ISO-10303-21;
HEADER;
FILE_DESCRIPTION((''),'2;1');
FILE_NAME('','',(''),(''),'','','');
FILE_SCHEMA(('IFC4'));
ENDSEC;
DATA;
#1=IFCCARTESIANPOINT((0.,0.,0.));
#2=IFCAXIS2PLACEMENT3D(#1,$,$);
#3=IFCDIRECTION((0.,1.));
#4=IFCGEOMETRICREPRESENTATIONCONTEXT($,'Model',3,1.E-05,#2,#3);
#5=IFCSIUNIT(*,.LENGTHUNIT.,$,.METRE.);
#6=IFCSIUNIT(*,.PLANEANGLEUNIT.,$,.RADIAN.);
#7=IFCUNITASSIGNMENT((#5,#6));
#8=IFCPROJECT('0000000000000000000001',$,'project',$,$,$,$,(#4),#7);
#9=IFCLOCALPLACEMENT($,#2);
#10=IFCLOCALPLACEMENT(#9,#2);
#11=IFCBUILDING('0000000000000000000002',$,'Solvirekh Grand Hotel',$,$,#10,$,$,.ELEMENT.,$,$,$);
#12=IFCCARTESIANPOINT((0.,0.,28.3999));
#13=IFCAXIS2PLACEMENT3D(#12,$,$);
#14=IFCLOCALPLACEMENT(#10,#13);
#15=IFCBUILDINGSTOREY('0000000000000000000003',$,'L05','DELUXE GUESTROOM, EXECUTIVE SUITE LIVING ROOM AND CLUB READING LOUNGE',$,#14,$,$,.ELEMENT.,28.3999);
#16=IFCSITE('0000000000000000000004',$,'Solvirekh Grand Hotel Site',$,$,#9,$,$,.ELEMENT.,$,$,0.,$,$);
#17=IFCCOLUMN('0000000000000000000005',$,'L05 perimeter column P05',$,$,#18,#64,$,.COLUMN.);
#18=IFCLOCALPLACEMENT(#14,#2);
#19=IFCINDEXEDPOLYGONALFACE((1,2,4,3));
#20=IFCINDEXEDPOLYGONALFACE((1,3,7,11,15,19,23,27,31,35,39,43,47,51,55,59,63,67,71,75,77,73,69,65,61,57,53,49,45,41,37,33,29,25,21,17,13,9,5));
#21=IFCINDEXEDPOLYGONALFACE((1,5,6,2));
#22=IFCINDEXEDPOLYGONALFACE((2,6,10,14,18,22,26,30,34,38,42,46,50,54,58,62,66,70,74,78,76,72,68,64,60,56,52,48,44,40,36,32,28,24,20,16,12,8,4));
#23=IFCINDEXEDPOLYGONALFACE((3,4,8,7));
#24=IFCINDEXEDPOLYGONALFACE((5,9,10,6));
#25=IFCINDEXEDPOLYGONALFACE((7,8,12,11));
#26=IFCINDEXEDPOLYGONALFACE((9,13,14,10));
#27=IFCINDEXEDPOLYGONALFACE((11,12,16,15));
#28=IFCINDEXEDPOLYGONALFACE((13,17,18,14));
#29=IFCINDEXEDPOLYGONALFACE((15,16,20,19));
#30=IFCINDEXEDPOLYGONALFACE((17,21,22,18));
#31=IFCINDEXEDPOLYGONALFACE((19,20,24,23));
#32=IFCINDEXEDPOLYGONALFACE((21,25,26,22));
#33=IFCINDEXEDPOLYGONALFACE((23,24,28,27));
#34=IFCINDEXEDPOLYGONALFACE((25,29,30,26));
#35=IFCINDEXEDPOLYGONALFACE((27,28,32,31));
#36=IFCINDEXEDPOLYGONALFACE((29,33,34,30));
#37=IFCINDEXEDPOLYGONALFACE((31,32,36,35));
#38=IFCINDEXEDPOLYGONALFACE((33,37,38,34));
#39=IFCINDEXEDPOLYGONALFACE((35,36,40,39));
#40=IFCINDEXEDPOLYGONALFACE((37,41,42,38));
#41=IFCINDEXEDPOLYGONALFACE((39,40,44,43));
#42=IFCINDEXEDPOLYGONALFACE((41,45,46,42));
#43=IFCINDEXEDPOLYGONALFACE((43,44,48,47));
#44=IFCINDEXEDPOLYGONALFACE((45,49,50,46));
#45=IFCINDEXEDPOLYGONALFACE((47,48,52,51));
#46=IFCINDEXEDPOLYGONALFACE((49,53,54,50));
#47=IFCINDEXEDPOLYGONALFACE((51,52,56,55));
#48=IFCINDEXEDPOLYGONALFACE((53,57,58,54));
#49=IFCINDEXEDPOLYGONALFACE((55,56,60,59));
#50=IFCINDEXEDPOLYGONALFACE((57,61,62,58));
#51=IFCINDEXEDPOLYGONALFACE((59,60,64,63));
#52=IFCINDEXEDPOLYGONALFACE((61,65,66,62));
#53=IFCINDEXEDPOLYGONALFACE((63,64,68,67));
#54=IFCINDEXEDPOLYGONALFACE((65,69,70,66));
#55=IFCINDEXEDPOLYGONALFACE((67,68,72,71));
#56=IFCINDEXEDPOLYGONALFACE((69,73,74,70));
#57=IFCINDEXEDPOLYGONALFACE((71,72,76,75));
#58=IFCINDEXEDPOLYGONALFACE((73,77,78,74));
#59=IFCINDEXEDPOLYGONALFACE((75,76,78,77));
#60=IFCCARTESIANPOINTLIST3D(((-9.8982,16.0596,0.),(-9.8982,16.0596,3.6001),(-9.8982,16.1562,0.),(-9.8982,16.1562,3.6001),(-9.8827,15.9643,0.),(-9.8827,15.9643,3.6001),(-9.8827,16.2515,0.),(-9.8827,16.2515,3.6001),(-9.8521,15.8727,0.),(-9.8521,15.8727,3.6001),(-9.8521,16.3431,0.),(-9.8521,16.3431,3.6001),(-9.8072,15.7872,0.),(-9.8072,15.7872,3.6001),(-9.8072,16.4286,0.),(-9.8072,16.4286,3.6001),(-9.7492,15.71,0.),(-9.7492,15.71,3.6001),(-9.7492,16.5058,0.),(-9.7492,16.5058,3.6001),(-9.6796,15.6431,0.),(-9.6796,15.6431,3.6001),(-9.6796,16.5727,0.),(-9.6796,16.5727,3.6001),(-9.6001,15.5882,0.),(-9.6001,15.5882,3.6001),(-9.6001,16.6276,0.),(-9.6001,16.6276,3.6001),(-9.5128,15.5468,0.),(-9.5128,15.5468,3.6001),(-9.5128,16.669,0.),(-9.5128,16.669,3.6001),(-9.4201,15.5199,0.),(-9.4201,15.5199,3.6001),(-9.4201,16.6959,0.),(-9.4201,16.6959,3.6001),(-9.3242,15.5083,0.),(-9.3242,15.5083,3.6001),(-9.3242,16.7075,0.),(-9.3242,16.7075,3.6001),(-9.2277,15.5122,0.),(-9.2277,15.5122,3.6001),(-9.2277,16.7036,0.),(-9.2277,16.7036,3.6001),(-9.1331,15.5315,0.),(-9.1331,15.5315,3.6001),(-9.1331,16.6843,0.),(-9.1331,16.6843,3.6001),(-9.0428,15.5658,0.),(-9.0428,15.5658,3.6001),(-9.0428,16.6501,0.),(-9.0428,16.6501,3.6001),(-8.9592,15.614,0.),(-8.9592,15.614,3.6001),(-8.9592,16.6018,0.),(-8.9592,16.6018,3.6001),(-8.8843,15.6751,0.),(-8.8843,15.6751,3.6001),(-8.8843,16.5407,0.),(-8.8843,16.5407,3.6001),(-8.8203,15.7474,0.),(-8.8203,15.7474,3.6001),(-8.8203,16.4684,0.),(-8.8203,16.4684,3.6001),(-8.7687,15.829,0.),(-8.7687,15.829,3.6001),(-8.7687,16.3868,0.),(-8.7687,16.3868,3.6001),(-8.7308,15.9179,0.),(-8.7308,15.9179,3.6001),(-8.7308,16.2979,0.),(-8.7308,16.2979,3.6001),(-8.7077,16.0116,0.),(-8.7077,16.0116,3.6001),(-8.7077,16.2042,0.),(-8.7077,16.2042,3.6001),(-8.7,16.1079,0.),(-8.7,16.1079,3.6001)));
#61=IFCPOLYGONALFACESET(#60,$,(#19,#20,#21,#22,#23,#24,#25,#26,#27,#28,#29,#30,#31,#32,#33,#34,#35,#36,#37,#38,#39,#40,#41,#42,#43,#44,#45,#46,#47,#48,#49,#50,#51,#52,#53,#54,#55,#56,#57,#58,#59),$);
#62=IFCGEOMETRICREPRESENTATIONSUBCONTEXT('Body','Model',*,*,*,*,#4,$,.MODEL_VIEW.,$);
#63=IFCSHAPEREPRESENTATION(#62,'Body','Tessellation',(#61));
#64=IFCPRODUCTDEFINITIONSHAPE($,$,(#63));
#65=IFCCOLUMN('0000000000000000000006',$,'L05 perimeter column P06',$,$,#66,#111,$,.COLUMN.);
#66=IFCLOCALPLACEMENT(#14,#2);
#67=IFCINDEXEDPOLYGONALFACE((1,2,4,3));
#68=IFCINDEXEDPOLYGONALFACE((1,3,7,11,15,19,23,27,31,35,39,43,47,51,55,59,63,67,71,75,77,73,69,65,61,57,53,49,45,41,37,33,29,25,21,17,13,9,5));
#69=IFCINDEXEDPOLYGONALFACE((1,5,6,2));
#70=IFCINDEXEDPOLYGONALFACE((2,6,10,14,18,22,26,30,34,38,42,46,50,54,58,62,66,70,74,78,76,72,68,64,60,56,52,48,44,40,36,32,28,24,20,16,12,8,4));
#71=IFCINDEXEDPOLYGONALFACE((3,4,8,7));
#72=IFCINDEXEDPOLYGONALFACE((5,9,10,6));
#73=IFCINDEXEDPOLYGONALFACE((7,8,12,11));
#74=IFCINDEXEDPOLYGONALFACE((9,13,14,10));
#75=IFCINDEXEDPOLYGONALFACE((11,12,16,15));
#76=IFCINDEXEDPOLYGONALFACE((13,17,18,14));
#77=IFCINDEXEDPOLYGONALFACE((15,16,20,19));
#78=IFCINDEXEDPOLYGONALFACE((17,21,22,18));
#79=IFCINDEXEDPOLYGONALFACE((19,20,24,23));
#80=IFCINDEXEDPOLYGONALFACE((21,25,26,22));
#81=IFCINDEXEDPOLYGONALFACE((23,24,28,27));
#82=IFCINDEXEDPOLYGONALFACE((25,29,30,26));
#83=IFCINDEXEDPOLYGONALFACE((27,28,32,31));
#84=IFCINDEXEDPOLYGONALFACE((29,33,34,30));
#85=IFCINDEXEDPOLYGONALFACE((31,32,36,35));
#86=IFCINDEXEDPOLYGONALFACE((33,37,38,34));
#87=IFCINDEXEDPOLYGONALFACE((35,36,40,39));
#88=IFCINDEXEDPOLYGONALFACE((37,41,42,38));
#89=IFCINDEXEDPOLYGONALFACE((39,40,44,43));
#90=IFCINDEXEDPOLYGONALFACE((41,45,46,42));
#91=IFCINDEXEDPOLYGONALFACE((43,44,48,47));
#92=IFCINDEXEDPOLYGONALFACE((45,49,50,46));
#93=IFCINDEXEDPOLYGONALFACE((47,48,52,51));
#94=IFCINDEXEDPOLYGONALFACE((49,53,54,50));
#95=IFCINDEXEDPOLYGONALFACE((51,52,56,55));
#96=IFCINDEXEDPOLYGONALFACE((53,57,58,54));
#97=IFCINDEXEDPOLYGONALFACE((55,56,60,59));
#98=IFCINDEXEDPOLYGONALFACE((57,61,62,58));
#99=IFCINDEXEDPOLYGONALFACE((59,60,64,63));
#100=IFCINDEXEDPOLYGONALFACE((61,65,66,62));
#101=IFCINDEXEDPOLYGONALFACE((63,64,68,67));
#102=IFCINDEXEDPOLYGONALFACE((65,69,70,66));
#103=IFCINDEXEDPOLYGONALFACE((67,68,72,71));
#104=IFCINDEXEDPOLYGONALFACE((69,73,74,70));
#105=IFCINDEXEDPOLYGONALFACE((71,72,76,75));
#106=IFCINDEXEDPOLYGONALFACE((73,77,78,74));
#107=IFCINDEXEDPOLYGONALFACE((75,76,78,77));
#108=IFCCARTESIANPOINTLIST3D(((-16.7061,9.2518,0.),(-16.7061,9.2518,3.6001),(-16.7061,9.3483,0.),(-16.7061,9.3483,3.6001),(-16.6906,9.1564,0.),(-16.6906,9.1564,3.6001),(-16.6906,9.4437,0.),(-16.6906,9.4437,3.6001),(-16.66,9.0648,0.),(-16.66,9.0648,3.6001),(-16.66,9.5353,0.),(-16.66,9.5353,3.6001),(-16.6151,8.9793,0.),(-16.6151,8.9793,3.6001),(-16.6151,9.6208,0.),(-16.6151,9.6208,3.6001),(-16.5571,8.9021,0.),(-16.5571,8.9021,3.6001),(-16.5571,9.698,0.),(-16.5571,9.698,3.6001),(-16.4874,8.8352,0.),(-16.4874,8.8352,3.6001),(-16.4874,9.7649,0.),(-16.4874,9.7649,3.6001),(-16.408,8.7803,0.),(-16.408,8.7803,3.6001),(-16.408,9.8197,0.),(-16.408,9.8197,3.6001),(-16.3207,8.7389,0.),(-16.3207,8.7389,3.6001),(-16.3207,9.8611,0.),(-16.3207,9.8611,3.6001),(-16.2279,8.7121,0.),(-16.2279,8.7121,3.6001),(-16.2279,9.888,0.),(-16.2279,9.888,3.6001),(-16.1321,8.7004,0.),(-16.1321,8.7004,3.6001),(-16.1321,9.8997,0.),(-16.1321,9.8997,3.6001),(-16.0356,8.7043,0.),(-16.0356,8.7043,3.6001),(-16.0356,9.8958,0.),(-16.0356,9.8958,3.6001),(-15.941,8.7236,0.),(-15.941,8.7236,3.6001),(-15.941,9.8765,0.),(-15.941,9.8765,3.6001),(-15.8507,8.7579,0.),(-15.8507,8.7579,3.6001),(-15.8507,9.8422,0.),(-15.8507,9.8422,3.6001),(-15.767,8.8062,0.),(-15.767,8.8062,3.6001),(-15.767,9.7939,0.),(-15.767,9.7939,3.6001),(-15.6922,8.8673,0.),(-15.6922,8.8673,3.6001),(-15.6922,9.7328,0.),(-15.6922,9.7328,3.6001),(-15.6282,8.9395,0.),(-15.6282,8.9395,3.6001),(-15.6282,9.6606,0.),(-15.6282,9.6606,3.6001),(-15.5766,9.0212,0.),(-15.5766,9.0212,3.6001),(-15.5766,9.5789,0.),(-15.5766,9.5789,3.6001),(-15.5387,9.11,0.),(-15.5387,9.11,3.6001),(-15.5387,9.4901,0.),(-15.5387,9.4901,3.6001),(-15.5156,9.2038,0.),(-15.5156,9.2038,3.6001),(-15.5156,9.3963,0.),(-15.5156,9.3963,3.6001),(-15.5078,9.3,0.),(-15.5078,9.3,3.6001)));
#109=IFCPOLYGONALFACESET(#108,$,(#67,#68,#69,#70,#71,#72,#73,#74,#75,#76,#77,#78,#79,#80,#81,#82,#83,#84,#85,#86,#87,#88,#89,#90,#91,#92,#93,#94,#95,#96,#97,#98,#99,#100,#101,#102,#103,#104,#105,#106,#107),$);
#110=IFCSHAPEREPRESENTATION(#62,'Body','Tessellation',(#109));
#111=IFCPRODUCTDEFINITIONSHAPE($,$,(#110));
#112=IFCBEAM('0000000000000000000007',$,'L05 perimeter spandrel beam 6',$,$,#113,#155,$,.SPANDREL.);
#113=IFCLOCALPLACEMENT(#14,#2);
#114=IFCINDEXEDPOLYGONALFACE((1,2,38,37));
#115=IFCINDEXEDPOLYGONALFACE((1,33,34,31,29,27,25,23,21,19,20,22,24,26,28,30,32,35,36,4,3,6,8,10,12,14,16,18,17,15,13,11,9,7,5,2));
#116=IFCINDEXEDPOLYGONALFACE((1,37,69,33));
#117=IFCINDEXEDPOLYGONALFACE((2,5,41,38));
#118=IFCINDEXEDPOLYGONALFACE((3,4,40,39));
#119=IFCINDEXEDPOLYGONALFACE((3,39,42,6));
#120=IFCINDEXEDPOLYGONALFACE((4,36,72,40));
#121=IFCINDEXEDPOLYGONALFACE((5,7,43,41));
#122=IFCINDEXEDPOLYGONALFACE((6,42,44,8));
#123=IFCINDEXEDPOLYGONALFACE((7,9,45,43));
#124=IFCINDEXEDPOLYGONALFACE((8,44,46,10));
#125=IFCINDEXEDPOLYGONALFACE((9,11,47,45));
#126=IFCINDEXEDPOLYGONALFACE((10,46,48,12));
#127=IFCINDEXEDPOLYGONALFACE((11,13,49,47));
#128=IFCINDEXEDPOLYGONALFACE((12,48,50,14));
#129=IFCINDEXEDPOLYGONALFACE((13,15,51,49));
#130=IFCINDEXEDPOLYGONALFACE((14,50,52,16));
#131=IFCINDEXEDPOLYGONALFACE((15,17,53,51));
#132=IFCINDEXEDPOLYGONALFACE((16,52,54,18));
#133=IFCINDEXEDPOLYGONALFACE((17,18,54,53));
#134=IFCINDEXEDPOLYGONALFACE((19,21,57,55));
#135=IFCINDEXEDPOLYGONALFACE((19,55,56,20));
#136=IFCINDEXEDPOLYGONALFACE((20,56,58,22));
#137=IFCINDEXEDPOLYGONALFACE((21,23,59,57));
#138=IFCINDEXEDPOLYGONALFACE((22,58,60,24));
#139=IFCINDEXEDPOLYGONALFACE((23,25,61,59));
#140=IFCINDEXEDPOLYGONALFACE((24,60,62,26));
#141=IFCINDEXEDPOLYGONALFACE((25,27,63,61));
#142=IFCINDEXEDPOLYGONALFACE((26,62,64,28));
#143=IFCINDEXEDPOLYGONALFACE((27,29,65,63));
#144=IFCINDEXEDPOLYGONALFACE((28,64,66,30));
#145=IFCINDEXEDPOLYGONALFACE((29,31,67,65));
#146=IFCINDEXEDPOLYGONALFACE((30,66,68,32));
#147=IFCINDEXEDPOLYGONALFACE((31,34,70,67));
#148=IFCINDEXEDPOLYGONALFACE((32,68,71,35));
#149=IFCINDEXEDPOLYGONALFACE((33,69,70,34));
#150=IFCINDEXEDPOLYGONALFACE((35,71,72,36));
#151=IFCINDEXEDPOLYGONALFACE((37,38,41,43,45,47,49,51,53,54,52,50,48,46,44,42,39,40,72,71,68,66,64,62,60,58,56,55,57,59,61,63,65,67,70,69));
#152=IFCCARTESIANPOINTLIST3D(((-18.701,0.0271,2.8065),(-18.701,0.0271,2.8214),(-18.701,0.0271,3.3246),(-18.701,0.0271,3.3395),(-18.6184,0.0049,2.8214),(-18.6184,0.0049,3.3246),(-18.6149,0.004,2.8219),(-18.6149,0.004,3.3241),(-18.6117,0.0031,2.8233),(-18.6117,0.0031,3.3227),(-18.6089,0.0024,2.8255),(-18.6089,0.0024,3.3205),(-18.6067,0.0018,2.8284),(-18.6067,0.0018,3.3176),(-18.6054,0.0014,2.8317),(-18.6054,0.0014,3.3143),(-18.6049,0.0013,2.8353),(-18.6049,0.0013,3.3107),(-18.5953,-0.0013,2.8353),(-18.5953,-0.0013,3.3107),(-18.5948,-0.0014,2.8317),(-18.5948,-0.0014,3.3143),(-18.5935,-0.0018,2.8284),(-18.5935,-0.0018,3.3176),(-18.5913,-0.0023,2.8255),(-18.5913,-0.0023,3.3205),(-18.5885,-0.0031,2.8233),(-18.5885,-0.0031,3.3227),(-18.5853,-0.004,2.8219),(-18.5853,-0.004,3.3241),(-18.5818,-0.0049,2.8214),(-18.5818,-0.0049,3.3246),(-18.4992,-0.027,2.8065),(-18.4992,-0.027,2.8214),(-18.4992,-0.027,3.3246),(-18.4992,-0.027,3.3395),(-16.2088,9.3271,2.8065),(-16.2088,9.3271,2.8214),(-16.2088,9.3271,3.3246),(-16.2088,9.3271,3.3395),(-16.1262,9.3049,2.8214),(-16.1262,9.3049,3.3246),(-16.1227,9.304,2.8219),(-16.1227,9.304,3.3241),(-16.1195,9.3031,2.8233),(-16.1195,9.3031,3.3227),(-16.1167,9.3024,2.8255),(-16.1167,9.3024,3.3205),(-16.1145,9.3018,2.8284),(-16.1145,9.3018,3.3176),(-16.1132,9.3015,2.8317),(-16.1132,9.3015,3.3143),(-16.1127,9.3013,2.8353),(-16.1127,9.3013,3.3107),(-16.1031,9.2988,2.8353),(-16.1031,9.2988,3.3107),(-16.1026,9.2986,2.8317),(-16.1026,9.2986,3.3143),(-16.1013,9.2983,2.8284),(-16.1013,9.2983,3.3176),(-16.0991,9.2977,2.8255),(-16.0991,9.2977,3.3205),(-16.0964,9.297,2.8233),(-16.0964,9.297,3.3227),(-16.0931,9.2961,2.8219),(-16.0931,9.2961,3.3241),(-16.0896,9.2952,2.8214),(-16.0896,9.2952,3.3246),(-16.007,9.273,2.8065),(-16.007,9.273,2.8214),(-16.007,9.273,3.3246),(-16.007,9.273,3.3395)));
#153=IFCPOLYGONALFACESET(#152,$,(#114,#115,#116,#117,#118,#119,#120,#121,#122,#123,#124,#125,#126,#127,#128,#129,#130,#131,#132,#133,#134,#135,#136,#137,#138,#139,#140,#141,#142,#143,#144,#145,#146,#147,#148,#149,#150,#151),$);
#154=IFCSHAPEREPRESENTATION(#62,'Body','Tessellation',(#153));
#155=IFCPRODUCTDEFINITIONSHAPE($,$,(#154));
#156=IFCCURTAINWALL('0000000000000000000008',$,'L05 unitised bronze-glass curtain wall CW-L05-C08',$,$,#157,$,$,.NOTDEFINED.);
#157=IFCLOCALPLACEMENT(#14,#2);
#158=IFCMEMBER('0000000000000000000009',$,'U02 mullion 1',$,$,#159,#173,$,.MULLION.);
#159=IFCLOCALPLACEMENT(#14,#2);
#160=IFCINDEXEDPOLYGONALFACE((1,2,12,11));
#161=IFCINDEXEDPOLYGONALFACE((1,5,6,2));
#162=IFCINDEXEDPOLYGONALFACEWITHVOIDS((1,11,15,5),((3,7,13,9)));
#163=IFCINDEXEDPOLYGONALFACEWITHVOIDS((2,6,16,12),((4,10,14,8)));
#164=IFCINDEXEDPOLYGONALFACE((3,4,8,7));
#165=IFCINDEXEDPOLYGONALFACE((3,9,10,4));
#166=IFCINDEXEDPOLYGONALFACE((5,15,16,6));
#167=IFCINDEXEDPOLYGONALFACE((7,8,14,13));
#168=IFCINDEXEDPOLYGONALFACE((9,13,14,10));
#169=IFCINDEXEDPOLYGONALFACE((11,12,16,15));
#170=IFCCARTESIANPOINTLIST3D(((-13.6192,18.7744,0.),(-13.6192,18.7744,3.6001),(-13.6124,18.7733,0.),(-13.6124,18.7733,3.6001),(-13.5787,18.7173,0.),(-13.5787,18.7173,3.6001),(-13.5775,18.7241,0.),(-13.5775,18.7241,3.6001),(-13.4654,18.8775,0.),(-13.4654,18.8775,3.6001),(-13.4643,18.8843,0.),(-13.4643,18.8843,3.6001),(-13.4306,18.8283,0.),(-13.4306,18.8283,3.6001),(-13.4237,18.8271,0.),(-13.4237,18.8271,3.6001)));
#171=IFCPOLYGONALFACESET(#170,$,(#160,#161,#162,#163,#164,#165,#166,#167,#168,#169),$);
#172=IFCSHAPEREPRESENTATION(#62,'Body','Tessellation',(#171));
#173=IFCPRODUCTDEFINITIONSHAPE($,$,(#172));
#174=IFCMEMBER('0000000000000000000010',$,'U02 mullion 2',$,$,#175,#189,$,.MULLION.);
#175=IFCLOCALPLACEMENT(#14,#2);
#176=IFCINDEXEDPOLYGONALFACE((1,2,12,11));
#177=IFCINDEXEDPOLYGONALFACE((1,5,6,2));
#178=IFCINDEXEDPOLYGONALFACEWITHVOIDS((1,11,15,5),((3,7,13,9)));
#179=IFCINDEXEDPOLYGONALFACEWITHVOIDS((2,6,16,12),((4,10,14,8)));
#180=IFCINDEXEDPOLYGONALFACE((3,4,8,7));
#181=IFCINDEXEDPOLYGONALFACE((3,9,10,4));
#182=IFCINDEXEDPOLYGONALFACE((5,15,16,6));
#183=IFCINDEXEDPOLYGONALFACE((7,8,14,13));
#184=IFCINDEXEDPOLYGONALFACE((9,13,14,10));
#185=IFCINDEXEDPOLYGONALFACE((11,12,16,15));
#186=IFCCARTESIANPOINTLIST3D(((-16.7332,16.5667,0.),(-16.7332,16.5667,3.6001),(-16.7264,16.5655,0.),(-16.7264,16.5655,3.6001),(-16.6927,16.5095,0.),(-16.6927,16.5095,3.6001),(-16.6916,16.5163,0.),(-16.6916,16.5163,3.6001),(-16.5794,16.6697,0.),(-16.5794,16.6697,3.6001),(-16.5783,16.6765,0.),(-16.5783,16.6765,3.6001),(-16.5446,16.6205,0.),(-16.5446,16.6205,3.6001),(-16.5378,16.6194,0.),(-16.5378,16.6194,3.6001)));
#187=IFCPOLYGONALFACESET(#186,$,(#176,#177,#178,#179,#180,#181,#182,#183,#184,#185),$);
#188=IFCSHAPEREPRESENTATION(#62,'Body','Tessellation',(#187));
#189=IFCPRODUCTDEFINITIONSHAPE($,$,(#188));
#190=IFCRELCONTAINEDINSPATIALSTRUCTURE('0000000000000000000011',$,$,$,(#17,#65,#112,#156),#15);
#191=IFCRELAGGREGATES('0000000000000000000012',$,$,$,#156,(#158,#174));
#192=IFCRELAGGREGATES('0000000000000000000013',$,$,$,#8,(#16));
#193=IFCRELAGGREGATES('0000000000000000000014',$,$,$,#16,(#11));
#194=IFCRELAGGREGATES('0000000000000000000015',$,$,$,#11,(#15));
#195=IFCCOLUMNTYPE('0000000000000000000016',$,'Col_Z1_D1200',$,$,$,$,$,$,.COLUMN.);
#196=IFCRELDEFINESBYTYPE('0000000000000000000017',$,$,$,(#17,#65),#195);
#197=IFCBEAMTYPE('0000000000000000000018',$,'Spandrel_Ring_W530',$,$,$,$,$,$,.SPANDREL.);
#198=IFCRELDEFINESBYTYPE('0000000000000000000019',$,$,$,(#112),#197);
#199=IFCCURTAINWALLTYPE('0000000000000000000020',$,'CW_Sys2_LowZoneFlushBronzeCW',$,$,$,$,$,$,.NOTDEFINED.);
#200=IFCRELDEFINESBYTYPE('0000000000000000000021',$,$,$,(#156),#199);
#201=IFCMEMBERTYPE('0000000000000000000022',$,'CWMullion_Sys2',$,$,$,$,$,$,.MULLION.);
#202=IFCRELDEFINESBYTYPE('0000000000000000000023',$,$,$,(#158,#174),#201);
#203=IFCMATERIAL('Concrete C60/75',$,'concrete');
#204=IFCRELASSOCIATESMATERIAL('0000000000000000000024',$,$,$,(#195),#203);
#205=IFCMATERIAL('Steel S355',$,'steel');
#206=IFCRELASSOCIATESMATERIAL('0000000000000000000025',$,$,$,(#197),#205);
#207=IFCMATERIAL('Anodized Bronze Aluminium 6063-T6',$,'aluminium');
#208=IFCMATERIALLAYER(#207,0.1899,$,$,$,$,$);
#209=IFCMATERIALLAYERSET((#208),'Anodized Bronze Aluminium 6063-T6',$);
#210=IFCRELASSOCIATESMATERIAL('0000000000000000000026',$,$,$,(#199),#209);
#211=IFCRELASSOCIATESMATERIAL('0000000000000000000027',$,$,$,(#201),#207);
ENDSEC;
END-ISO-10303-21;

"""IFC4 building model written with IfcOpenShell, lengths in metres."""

from ifc_helpers import new_model, si_unit, direction, frame, origin, origin_2d, place, context, subcontext, project, spatial, hollow_rectangle, circle, i_section, extrude, source, transform, mapped, material, layer, layer_set, material_profile, profile_set, type_object, element, aggregate, save


model = new_model("IFC4")

# Units and contexts
model_context = context("Model", 3, precision=1e-05, world=origin(), true_north=direction((0.0, 1.0)))
body_context = subcontext(model_context, "Body", "Model", "MODEL_VIEW")
ifc_project = project(units=[si_unit("LENGTHUNIT", "METRE"), si_unit("PLANEANGLEUNIT", "RADIAN")], contexts=[model_context])

# Site, building, storey
site_placement = place(None, origin())
site = spatial("IfcSite", under=ifc_project, at=site_placement, Name="Solvirekh Grand Hotel Site", CompositionType="ELEMENT", RefElevation=0.0)
building_placement = place(site_placement, origin())
building = spatial("IfcBuilding", under=site, at=building_placement, Name="Solvirekh Grand Hotel", CompositionType="ELEMENT")
storey_placement = place(building_placement, frame((0.0, 0.0, 28.3999)))
storey = spatial("IfcBuildingStorey", under=building, at=storey_placement, Name="L05", Description="DELUXE GUESTROOM, EXECUTIVE SUITE LIVING ROOM AND CLUB READING LOUNGE", CompositionType="ELEMENT", Elevation=28.3999)

# Columns
ifc_material_1 = material(Name="Concrete C60/75", Category="concrete")
ifc_material_profile_1 = material_profile(ifc_material_1, circle(Radius=0.6001, at=origin_2d()), Name="RC CIRC D1200")
ifc_profile_set_1 = profile_set([ifc_material_profile_1], Name="Concrete C60/75")
column_type = type_object("IfcColumnType", Name="Col_Z1_D1200", PredefinedType="COLUMN", material=ifc_profile_set_1)
for number, where, z_axis, x_axis, name in (
    (1, (-9.3, 16.1079, 0.0), (0.0, 0.0, 1.0), (1.0, 0.0, 0.0), "L05 perimeter column P05"),
    (2, (-16.1079, 9.3, 0.0), (0.0, 0.0, 1.0), (1.0, 0.0, 0.0), "L05 perimeter column P06"),
):
    element("IfcColumn", number, at=place(storey_placement, frame(where, z_axis=z_axis, x_axis=x_axis)), inside=storey, type_object=column_type, Name=name, PredefinedType="COLUMN", context=body_context, shape_type="SweptSolid", body=[
        extrude(circle(Radius=0.6001, at=origin_2d()), origin(), (0.0, 0.0, 1.0), 3.6001),
    ])

# Beam
ifc_material_2 = material(Name="Steel S355", Category="steel")
ifc_material_profile_2 = material_profile(ifc_material_2, i_section(OverallWidth=0.209, OverallDepth=0.533, WebThickness=0.01, FlangeThickness=0.0149, FilletRadius=0.0139, at=origin_2d()), Name="W530X92")
ifc_profile_set_2 = profile_set([ifc_material_profile_2], Name="Steel S355")
beam_type = type_object("IfcBeamType", Name="Spandrel_Ring_W530", PredefinedType="SPANDREL", material=ifc_profile_set_2)
beam_placement = place(storey_placement, frame((-16.1079, 9.3, 3.073), z_axis=(-0.258843, -0.965919, 0.0), x_axis=(0.965919, -0.258843, 0.0)))
element("IfcBeam", 3, at=beam_placement, inside=storey, type_object=beam_type, Name="L05 perimeter spandrel beam 6", PredefinedType="SPANDREL", context=body_context, shape_type="SweptSolid", body=[
    extrude(i_section(OverallWidth=0.209, OverallDepth=0.533, WebThickness=0.01, FlangeThickness=0.0149, FilletRadius=0.0139, at=origin_2d()), origin(), (0.0, 0.0, 1.0), 9.6282),
])

# Curtain wall, members
ifc_material_3 = material(Name="Anodized Bronze Aluminium 6063-T6", Category="aluminium")
ifc_layer_1 = layer(ifc_material_3, 0.1899)
ifc_layer_set_1 = layer_set([ifc_layer_1], Name="Anodized Bronze Aluminium 6063-T6")
curtain_wall_type = type_object("IfcCurtainWallType", Name="CW_Sys2_LowZoneFlushBronzeCW", PredefinedType="NOTDEFINED", material=ifc_layer_set_1)
curtain_wall_placement = place(storey_placement, origin())
curtain_wall = element("IfcCurtainWall", 4, at=curtain_wall_placement, inside=storey, type_object=curtain_wall_type, Name="L05 unitised bronze-glass curtain wall CW-L05-C08", PredefinedType="NOTDEFINED")
ifc_material_profile_3 = material_profile(ifc_material_3, hollow_rectangle(XDim=0.0701, YDim=0.1899, WallThickness=0.0049, at=origin_2d()), Name="ALU RHS 190X70X5")
ifc_profile_set_3 = profile_set([ifc_material_profile_3], Name="Anodized Bronze Aluminium 6063-T6")
member_type_1 = type_object("IfcMemberType", Name="CWMullion_Sys2", PredefinedType="MULLION", material=ifc_profile_set_3)
shared_shape_1 = source(origin(), body_context, "Body", "SweptSolid", [
    extrude(hollow_rectangle(XDim=0.0701, YDim=0.1899, WallThickness=0.0049, at=origin_2d()), origin(), (0.0, 0.0, 1.0), 3.6001),
])
member_1_placement = place(storey_placement, frame((-13.5215, 18.8008, 0.0), z_axis=(0.0, 0.0, 1.0), x_axis=(0.578374, -0.815772, 0.0)))
member_1 = element("IfcMember", 5, at=member_1_placement, type_object=member_type_1, Name="U02 mullion 1", PredefinedType="MULLION", context=body_context, shape_type="MappedRepresentation", body=[
    mapped(shared_shape_1, transform((0.0, 0.0, 0.0), x_axis=(1.0, 0.0, 0.0), y_axis=(0.0, 1.0, 0.0), z_axis=(0.0, 0.0, 1.0), scale=1.0)),
])
member_2_placement = place(storey_placement, frame((-16.6355, 16.593, 0.0), z_axis=(0.0, 0.0, 1.0), x_axis=(0.578374, -0.815772, 0.0)))
member_2 = element("IfcMember", 6, at=member_2_placement, type_object=member_type_1, Name="U02 mullion 2", PredefinedType="MULLION", context=body_context, shape_type="MappedRepresentation", body=[
    mapped(shared_shape_1, transform((0.0, 0.0, 0.0), x_axis=(1.0, 0.0, 0.0), y_axis=(0.0, 1.0, 0.0), z_axis=(0.0, 0.0, 1.0), scale=1.0)),
])
aggregate(curtain_wall, [member_1, member_2])

save(model, "model.ifc")
